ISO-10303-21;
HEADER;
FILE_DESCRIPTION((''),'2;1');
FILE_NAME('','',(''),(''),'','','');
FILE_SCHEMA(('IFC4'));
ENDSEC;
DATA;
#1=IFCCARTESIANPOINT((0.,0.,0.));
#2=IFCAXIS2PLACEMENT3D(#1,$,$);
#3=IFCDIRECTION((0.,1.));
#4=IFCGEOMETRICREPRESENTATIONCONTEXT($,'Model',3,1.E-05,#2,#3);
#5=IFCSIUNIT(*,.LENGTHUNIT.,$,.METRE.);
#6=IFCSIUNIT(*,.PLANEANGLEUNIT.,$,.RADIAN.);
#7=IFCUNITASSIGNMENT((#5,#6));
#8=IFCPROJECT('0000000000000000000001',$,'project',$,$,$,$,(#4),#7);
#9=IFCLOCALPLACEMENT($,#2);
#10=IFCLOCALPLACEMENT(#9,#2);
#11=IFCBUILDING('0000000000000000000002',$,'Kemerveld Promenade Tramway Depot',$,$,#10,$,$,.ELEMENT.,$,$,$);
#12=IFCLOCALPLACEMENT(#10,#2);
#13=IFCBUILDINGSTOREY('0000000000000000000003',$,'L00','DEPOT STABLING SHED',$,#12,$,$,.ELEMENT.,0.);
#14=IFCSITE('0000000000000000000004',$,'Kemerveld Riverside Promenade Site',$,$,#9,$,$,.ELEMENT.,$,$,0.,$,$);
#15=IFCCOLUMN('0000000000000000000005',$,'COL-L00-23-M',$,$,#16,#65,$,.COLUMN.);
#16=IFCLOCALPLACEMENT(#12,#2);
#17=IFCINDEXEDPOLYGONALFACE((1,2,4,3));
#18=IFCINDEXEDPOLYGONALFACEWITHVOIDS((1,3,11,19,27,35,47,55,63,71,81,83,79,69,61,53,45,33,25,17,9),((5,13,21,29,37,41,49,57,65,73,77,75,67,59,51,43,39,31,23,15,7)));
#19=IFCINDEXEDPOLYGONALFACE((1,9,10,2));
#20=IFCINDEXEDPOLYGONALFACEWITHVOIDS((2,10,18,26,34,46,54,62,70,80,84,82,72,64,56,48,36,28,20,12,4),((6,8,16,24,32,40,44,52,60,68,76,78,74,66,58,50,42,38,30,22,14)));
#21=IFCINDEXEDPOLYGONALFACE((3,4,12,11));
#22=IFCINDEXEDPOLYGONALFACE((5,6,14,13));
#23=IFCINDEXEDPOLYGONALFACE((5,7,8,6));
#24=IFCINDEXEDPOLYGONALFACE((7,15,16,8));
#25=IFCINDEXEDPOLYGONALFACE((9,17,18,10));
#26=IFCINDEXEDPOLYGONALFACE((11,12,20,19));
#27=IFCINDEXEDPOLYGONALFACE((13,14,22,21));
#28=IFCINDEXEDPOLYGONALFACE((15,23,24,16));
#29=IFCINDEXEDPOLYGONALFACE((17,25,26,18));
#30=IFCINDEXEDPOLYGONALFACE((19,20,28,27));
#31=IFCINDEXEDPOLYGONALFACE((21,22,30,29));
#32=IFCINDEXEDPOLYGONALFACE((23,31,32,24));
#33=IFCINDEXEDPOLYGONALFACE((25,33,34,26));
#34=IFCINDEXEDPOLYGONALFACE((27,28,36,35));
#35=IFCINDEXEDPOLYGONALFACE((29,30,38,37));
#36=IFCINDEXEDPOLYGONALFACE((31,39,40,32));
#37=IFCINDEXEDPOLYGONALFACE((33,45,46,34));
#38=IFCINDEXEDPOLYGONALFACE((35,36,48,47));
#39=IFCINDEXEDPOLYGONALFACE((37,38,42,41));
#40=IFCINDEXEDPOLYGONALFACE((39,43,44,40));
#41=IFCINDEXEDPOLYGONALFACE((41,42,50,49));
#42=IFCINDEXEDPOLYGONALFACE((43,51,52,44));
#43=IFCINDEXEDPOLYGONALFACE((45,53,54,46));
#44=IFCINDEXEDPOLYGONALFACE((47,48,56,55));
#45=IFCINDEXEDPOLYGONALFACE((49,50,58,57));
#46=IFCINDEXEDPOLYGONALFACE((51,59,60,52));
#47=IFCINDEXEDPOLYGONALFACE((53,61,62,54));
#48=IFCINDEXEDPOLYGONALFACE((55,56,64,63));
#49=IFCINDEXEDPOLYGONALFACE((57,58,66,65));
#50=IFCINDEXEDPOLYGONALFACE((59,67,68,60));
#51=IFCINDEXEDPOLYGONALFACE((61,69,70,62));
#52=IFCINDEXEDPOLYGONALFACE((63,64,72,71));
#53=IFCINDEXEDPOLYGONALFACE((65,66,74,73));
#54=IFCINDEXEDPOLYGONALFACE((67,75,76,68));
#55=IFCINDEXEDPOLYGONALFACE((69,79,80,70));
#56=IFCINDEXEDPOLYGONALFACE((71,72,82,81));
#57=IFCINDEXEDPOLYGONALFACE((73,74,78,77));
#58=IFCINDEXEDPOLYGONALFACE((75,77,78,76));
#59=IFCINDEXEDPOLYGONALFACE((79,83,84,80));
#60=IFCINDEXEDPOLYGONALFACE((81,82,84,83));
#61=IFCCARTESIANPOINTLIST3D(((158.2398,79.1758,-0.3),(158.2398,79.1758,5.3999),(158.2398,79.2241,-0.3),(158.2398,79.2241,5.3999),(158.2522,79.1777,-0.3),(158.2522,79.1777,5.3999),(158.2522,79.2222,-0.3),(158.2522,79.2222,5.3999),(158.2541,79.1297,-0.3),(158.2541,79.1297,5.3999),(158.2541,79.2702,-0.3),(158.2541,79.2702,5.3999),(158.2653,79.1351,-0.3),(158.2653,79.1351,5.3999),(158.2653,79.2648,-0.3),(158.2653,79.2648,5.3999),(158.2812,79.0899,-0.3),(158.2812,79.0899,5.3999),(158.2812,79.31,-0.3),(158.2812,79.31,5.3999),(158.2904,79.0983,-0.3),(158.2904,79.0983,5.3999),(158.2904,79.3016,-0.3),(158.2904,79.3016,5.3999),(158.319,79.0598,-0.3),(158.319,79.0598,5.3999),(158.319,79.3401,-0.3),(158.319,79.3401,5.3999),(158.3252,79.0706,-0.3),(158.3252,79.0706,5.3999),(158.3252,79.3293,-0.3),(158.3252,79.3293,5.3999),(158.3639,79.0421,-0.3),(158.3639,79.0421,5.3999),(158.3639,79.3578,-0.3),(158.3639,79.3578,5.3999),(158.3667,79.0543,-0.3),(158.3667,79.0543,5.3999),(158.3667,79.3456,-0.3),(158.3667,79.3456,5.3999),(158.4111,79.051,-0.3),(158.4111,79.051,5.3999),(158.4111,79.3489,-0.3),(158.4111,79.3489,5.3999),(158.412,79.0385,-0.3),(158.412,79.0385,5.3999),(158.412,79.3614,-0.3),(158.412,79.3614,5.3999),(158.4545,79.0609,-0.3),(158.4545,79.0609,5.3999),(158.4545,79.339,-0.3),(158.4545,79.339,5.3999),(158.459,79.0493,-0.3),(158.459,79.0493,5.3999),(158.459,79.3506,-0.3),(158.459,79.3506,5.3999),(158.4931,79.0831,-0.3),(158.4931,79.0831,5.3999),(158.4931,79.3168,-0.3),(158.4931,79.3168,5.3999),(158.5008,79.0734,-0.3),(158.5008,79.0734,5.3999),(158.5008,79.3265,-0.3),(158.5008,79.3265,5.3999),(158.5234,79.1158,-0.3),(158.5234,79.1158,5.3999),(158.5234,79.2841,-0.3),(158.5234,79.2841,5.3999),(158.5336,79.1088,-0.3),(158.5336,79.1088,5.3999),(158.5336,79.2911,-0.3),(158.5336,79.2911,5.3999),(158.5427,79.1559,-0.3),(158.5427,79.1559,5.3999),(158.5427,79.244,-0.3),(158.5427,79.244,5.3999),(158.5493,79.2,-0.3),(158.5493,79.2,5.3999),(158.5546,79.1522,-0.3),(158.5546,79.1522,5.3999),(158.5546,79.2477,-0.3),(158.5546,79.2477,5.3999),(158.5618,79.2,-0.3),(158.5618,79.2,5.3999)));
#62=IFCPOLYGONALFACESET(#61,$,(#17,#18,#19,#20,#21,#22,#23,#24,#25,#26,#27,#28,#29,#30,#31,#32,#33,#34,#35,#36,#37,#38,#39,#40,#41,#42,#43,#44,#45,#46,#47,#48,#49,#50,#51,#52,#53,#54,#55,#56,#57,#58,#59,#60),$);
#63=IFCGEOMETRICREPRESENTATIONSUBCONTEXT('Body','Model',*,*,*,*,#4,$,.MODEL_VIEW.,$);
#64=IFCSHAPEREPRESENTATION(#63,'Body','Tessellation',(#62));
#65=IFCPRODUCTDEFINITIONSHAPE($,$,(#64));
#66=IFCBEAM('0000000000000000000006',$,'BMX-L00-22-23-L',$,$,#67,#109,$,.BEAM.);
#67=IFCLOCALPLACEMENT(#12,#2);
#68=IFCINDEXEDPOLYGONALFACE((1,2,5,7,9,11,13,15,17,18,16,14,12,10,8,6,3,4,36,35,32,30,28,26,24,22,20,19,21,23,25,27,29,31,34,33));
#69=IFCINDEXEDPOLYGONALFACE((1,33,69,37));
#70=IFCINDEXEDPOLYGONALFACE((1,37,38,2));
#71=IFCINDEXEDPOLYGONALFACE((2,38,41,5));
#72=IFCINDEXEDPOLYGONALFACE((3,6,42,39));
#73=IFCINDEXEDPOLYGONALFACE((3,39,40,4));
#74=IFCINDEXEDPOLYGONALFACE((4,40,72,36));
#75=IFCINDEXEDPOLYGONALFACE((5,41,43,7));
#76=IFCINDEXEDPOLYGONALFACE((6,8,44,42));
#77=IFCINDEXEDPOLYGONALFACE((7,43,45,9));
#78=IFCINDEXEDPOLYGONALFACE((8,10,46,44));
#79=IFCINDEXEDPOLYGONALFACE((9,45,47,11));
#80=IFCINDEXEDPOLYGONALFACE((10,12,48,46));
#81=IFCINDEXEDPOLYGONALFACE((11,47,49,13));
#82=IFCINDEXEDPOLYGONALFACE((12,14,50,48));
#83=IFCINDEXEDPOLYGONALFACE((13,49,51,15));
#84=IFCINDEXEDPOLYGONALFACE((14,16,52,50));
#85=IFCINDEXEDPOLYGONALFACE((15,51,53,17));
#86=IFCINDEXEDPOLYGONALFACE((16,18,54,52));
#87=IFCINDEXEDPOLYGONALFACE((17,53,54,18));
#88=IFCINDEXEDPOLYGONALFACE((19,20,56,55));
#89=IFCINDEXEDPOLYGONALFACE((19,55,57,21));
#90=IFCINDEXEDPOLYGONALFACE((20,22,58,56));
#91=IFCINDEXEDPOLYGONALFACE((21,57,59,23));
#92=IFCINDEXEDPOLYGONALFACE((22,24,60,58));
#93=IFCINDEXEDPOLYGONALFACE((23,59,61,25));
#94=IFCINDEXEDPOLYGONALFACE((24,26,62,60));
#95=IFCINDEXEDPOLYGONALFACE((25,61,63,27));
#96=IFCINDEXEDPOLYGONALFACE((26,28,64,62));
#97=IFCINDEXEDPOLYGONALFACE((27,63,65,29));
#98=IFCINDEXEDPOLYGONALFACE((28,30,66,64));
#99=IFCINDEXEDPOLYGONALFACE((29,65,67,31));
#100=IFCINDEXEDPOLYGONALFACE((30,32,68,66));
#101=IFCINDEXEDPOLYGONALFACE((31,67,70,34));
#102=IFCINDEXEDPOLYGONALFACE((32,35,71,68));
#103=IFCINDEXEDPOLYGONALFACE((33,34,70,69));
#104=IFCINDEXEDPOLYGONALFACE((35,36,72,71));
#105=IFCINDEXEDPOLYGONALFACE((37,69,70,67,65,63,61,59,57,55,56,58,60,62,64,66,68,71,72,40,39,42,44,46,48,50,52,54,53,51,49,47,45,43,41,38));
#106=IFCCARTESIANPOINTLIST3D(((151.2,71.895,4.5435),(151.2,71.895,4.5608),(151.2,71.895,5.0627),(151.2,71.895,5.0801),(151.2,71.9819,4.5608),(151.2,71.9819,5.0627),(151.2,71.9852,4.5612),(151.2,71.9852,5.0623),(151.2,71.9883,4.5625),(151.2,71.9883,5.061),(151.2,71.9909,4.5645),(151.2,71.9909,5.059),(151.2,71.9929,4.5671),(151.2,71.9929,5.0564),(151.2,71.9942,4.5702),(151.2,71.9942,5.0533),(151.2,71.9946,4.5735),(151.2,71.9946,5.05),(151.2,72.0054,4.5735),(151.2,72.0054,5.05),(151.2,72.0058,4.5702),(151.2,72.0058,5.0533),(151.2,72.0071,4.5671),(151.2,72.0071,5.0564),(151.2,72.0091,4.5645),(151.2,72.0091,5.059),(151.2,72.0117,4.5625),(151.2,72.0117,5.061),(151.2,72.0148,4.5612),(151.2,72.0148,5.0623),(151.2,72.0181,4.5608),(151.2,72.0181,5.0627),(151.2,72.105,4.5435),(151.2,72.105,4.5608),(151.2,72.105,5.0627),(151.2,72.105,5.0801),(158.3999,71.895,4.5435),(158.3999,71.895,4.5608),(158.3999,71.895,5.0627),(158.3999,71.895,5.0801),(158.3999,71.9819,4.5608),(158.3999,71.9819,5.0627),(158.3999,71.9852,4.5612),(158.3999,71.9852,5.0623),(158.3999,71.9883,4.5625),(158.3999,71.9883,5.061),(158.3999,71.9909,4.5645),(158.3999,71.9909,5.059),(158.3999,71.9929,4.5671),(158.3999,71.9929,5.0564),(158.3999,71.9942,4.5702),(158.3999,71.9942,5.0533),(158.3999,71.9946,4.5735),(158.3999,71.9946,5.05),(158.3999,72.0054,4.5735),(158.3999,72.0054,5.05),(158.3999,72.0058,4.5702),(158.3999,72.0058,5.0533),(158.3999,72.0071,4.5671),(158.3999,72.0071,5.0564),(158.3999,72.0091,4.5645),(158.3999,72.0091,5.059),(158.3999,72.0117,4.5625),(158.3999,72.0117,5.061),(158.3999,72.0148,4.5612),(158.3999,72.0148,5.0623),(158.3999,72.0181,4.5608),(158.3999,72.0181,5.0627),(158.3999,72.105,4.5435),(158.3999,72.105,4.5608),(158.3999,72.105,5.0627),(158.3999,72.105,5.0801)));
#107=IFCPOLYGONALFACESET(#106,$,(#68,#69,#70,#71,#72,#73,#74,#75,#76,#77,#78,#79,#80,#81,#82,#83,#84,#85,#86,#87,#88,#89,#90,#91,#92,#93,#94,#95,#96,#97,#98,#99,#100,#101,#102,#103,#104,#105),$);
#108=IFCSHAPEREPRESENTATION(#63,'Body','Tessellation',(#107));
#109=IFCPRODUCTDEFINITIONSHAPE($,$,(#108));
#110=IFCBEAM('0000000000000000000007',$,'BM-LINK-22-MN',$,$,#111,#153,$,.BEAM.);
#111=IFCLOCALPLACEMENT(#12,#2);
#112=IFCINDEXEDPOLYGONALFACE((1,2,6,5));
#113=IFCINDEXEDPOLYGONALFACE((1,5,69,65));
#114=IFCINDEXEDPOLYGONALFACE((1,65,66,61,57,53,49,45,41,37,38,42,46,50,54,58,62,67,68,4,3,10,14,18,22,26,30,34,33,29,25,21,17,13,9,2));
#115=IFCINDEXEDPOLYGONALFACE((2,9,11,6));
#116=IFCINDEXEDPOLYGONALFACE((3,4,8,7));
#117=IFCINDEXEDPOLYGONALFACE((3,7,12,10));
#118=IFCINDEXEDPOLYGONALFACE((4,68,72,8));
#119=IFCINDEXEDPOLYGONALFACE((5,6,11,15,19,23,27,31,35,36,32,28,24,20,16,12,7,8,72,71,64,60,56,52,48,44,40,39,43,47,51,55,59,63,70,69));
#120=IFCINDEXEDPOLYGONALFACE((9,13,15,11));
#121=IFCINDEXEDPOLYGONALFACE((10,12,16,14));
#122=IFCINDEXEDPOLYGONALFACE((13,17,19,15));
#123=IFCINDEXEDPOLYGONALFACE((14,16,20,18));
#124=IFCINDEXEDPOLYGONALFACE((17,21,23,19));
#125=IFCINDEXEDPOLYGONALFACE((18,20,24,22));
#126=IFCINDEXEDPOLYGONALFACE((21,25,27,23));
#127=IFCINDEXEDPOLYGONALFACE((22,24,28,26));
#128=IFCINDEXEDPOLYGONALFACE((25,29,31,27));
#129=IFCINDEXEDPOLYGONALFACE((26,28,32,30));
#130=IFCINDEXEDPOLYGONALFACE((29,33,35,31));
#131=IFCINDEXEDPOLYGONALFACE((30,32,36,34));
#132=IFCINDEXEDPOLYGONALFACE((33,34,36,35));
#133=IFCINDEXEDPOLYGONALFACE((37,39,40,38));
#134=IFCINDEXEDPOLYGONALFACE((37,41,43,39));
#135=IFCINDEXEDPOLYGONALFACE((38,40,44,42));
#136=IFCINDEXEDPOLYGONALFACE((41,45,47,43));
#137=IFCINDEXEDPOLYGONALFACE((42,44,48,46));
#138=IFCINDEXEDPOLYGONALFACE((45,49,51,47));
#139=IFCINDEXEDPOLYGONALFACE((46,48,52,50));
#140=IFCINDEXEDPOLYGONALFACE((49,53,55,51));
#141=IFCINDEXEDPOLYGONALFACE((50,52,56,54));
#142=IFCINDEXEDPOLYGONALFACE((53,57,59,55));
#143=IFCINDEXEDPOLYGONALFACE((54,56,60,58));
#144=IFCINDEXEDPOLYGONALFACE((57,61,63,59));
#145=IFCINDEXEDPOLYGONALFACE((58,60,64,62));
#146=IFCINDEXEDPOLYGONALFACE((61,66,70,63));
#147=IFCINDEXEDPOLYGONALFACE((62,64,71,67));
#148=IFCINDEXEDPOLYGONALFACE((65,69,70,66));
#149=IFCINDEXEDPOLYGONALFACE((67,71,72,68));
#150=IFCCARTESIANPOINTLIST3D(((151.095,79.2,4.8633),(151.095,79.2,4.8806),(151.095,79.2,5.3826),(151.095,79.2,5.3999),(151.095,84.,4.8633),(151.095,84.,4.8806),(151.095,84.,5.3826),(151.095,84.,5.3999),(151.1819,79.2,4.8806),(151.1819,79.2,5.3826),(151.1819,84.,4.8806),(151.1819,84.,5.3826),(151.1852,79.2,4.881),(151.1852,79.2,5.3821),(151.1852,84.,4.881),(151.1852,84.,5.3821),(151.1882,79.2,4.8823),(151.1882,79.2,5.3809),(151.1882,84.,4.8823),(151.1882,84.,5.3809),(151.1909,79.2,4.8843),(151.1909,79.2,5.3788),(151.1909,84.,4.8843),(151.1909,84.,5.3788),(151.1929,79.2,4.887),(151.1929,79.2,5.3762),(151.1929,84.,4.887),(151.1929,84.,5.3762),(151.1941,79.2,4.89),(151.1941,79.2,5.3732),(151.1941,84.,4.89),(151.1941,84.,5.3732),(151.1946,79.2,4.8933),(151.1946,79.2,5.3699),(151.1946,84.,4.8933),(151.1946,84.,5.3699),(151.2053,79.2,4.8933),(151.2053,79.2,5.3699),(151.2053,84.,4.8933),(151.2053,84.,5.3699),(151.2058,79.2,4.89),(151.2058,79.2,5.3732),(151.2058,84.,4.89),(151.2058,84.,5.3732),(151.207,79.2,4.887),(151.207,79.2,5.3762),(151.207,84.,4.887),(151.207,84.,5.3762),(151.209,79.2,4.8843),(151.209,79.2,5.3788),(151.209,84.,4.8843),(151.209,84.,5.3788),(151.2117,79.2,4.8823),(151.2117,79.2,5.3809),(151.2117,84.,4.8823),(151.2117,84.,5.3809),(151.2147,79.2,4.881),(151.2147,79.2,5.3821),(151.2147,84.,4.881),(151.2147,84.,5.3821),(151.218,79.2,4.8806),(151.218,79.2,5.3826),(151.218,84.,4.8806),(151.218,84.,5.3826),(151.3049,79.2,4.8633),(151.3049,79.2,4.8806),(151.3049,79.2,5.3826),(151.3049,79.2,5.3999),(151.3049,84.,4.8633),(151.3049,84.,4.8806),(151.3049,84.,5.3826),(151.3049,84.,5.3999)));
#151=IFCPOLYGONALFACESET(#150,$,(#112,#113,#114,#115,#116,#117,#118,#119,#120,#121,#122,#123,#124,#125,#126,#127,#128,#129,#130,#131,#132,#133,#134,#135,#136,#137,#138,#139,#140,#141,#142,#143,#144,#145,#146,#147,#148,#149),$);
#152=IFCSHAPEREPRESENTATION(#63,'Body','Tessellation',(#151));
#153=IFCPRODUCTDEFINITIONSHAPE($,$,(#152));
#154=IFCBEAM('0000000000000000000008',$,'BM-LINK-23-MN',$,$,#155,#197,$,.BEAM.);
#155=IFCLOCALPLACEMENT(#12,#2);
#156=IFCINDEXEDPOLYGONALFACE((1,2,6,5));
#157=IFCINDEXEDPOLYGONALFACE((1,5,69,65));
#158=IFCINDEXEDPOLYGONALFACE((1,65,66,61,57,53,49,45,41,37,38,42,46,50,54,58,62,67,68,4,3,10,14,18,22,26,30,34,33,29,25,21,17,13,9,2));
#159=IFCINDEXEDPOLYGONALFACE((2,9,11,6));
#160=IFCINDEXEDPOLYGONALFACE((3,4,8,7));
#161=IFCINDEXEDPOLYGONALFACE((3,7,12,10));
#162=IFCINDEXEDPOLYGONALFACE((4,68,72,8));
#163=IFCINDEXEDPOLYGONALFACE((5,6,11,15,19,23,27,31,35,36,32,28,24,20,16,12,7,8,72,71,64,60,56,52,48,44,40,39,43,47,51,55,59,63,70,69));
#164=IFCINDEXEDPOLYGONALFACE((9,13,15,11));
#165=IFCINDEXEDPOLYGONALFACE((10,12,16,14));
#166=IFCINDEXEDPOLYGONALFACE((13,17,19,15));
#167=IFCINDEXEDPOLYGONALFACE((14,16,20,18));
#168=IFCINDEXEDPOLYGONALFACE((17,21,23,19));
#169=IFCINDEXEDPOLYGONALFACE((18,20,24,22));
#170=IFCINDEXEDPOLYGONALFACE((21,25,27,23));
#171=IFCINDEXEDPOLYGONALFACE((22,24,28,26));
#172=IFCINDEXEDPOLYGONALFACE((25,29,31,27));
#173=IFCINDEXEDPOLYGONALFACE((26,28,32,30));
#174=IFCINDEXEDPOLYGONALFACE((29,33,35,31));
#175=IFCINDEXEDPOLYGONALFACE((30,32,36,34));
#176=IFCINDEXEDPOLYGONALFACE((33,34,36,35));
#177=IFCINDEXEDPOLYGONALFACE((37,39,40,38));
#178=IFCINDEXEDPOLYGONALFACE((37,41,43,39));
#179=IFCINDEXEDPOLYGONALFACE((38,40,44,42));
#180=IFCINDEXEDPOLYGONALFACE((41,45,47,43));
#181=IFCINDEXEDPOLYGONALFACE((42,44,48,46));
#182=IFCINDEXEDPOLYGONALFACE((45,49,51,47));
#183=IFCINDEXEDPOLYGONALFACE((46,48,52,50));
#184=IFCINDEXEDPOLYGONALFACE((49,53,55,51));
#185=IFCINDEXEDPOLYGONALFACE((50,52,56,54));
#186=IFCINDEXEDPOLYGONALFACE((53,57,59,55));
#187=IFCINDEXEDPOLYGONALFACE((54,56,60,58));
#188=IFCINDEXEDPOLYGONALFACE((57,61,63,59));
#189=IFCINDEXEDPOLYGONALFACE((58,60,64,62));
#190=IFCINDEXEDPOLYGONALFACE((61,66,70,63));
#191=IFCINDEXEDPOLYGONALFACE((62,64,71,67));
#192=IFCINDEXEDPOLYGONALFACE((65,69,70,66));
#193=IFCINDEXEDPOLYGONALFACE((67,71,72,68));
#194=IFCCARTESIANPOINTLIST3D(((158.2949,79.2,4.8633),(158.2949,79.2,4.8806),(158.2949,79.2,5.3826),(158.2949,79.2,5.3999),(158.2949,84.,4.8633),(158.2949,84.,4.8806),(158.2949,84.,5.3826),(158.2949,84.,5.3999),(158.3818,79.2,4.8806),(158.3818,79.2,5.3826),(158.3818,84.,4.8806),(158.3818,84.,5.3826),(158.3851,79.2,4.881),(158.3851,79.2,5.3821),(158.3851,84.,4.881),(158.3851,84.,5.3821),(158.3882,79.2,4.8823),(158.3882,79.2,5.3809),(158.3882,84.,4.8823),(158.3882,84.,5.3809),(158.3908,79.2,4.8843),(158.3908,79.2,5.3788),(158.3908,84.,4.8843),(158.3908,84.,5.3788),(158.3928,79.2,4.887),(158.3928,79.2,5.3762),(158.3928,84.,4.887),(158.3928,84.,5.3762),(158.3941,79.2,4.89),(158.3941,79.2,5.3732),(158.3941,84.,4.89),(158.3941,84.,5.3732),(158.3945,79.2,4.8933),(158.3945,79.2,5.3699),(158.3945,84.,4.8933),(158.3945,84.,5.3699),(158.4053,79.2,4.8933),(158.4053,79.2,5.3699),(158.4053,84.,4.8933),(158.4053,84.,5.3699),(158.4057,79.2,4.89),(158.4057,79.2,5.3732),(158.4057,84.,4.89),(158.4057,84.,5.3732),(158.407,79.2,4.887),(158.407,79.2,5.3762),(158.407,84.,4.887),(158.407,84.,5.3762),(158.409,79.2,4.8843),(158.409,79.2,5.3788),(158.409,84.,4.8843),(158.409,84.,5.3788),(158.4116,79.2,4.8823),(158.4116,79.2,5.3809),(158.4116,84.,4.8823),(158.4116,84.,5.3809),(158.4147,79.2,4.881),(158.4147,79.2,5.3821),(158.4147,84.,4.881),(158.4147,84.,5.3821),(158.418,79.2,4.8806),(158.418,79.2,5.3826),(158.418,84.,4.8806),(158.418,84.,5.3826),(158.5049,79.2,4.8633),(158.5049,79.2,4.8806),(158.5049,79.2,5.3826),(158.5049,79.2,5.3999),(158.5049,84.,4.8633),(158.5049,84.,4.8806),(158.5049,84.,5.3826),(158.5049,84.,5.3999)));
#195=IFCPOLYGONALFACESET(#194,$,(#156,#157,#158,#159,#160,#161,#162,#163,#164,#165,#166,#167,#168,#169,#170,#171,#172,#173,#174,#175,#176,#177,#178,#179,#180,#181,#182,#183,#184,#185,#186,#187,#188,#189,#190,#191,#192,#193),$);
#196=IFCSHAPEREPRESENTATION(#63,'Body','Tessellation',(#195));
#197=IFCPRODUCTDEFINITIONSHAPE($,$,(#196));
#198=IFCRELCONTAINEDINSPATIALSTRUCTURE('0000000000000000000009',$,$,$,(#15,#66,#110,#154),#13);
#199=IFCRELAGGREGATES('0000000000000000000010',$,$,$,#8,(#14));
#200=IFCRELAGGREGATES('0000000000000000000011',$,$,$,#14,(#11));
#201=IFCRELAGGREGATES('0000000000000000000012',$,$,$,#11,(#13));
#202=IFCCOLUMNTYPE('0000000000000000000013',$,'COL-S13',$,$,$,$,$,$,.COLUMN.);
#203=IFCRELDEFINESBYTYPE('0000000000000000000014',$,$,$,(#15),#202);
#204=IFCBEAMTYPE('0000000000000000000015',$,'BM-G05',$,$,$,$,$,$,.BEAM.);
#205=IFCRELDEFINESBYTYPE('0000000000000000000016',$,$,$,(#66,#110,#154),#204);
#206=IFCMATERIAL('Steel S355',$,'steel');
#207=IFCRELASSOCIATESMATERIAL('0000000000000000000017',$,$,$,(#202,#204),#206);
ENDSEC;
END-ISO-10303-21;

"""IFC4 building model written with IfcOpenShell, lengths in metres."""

from ifc_helpers import new_model, si_unit, direction, frame, origin, origin_2d, place, context, subcontext, project, spatial, hollow_circle, i_section, extrude, material, material_profile, profile_set, type_object, element, save


model = new_model("IFC4")

# Units and contexts
model_context = context("Model", 3, precision=1e-05, world=origin(), true_north=direction((0.0, 1.0)))
body_context = subcontext(model_context, "Body", "Model", "MODEL_VIEW")
ifc_project = project(units=[si_unit("LENGTHUNIT", "METRE"), si_unit("PLANEANGLEUNIT", "RADIAN")], contexts=[model_context])

# Site, building, storey
site_placement = place(None, origin())
site = spatial("IfcSite", under=ifc_project, at=site_placement, Name="Kemerveld Riverside Promenade Site", CompositionType="ELEMENT", RefElevation=0.0)
building_placement = place(site_placement, origin())
building = spatial("IfcBuilding", under=site, at=building_placement, Name="Kemerveld Promenade Tramway Depot", CompositionType="ELEMENT")
storey_placement = place(building_placement, origin())
storey = spatial("IfcBuildingStorey", under=building, at=storey_placement, Name="L00", Description="DEPOT STABLING SHED", CompositionType="ELEMENT", Elevation=0.0)

# Column
ifc_material_1 = material(Name="Steel S355", Category="steel")
ifc_material_profile_1 = material_profile(ifc_material_1, hollow_circle(Radius=0.1619, WallThickness=0.0125, at=origin_2d()), Name="323.9x12.5 CHS")
ifc_profile_set_1 = profile_set([ifc_material_profile_1], Name="Steel S355")
column_type_1 = type_object("IfcColumnType", Name="COL-S13", PredefinedType="COLUMN", material=ifc_profile_set_1)
column_placement = place(storey_placement, frame((158.3999, 79.2, -0.3), z_axis=(0.0, 0.0, 1.0), x_axis=(1.0, 0.0, 0.0)))
element("IfcColumn", 1, at=column_placement, inside=storey, type_object=column_type_1, Name="COL-L00-23-M", PredefinedType="COLUMN", context=body_context, shape_type="SweptSolid", body=[
    extrude(hollow_circle(Radius=0.1619, WallThickness=0.0125, at=origin_2d()), origin(), (0.0, 0.0, 1.0), 5.7),
])

# Beams
ifc_material_profile_2 = material_profile(ifc_material_1, i_section(OverallWidth=0.21, OverallDepth=0.5366, WebThickness=0.0107, FlangeThickness=0.0173, FilletRadius=0.0127, at=origin_2d()), Name="533x210x101 UB")
ifc_profile_set_2 = profile_set([ifc_material_profile_2], Name="Steel S355")
beam_type_1 = type_object("IfcBeamType", Name="BM-G05", PredefinedType="BEAM", material=ifc_profile_set_2)
beam_1_placement = place(storey_placement, frame((151.2, 72.0, 4.8118), z_axis=(1.0, 0.0, 0.0), x_axis=(0.0, 1.0, 0.0)))
element("IfcBeam", 2, at=beam_1_placement, inside=storey, type_object=beam_type_1, Name="BMX-L00-22-23-L", PredefinedType="BEAM", context=body_context, shape_type="SweptSolid", body=[
    extrude(i_section(OverallWidth=0.21, OverallDepth=0.5366, WebThickness=0.0107, FlangeThickness=0.0173, FilletRadius=0.0127, at=origin_2d()), origin(), (0.0, 0.0, 1.0), 7.2),
])
for number, where, z_axis, x_axis, name in (
    (3, (151.2, 79.2, 5.1316), (0.0, 1.0, 0.0), (-1.0, 0.0, 0.0), "BM-LINK-22-MN"),
    (4, (158.3999, 79.2, 5.1316), (0.0, 1.0, 0.0), (-1.0, 0.0, 0.0), "BM-LINK-23-MN"),
):
    element("IfcBeam", number, at=place(storey_placement, frame(where, z_axis=z_axis, x_axis=x_axis)), inside=storey, type_object=beam_type_1, Name=name, PredefinedType="BEAM", context=body_context, shape_type="SweptSolid", body=[
        extrude(i_section(OverallWidth=0.21, OverallDepth=0.5366, WebThickness=0.0107, FlangeThickness=0.0173, FilletRadius=0.0127, at=origin_2d()), origin(), (0.0, 0.0, 1.0), 4.8),
    ])

save(model, "model.ifc")
